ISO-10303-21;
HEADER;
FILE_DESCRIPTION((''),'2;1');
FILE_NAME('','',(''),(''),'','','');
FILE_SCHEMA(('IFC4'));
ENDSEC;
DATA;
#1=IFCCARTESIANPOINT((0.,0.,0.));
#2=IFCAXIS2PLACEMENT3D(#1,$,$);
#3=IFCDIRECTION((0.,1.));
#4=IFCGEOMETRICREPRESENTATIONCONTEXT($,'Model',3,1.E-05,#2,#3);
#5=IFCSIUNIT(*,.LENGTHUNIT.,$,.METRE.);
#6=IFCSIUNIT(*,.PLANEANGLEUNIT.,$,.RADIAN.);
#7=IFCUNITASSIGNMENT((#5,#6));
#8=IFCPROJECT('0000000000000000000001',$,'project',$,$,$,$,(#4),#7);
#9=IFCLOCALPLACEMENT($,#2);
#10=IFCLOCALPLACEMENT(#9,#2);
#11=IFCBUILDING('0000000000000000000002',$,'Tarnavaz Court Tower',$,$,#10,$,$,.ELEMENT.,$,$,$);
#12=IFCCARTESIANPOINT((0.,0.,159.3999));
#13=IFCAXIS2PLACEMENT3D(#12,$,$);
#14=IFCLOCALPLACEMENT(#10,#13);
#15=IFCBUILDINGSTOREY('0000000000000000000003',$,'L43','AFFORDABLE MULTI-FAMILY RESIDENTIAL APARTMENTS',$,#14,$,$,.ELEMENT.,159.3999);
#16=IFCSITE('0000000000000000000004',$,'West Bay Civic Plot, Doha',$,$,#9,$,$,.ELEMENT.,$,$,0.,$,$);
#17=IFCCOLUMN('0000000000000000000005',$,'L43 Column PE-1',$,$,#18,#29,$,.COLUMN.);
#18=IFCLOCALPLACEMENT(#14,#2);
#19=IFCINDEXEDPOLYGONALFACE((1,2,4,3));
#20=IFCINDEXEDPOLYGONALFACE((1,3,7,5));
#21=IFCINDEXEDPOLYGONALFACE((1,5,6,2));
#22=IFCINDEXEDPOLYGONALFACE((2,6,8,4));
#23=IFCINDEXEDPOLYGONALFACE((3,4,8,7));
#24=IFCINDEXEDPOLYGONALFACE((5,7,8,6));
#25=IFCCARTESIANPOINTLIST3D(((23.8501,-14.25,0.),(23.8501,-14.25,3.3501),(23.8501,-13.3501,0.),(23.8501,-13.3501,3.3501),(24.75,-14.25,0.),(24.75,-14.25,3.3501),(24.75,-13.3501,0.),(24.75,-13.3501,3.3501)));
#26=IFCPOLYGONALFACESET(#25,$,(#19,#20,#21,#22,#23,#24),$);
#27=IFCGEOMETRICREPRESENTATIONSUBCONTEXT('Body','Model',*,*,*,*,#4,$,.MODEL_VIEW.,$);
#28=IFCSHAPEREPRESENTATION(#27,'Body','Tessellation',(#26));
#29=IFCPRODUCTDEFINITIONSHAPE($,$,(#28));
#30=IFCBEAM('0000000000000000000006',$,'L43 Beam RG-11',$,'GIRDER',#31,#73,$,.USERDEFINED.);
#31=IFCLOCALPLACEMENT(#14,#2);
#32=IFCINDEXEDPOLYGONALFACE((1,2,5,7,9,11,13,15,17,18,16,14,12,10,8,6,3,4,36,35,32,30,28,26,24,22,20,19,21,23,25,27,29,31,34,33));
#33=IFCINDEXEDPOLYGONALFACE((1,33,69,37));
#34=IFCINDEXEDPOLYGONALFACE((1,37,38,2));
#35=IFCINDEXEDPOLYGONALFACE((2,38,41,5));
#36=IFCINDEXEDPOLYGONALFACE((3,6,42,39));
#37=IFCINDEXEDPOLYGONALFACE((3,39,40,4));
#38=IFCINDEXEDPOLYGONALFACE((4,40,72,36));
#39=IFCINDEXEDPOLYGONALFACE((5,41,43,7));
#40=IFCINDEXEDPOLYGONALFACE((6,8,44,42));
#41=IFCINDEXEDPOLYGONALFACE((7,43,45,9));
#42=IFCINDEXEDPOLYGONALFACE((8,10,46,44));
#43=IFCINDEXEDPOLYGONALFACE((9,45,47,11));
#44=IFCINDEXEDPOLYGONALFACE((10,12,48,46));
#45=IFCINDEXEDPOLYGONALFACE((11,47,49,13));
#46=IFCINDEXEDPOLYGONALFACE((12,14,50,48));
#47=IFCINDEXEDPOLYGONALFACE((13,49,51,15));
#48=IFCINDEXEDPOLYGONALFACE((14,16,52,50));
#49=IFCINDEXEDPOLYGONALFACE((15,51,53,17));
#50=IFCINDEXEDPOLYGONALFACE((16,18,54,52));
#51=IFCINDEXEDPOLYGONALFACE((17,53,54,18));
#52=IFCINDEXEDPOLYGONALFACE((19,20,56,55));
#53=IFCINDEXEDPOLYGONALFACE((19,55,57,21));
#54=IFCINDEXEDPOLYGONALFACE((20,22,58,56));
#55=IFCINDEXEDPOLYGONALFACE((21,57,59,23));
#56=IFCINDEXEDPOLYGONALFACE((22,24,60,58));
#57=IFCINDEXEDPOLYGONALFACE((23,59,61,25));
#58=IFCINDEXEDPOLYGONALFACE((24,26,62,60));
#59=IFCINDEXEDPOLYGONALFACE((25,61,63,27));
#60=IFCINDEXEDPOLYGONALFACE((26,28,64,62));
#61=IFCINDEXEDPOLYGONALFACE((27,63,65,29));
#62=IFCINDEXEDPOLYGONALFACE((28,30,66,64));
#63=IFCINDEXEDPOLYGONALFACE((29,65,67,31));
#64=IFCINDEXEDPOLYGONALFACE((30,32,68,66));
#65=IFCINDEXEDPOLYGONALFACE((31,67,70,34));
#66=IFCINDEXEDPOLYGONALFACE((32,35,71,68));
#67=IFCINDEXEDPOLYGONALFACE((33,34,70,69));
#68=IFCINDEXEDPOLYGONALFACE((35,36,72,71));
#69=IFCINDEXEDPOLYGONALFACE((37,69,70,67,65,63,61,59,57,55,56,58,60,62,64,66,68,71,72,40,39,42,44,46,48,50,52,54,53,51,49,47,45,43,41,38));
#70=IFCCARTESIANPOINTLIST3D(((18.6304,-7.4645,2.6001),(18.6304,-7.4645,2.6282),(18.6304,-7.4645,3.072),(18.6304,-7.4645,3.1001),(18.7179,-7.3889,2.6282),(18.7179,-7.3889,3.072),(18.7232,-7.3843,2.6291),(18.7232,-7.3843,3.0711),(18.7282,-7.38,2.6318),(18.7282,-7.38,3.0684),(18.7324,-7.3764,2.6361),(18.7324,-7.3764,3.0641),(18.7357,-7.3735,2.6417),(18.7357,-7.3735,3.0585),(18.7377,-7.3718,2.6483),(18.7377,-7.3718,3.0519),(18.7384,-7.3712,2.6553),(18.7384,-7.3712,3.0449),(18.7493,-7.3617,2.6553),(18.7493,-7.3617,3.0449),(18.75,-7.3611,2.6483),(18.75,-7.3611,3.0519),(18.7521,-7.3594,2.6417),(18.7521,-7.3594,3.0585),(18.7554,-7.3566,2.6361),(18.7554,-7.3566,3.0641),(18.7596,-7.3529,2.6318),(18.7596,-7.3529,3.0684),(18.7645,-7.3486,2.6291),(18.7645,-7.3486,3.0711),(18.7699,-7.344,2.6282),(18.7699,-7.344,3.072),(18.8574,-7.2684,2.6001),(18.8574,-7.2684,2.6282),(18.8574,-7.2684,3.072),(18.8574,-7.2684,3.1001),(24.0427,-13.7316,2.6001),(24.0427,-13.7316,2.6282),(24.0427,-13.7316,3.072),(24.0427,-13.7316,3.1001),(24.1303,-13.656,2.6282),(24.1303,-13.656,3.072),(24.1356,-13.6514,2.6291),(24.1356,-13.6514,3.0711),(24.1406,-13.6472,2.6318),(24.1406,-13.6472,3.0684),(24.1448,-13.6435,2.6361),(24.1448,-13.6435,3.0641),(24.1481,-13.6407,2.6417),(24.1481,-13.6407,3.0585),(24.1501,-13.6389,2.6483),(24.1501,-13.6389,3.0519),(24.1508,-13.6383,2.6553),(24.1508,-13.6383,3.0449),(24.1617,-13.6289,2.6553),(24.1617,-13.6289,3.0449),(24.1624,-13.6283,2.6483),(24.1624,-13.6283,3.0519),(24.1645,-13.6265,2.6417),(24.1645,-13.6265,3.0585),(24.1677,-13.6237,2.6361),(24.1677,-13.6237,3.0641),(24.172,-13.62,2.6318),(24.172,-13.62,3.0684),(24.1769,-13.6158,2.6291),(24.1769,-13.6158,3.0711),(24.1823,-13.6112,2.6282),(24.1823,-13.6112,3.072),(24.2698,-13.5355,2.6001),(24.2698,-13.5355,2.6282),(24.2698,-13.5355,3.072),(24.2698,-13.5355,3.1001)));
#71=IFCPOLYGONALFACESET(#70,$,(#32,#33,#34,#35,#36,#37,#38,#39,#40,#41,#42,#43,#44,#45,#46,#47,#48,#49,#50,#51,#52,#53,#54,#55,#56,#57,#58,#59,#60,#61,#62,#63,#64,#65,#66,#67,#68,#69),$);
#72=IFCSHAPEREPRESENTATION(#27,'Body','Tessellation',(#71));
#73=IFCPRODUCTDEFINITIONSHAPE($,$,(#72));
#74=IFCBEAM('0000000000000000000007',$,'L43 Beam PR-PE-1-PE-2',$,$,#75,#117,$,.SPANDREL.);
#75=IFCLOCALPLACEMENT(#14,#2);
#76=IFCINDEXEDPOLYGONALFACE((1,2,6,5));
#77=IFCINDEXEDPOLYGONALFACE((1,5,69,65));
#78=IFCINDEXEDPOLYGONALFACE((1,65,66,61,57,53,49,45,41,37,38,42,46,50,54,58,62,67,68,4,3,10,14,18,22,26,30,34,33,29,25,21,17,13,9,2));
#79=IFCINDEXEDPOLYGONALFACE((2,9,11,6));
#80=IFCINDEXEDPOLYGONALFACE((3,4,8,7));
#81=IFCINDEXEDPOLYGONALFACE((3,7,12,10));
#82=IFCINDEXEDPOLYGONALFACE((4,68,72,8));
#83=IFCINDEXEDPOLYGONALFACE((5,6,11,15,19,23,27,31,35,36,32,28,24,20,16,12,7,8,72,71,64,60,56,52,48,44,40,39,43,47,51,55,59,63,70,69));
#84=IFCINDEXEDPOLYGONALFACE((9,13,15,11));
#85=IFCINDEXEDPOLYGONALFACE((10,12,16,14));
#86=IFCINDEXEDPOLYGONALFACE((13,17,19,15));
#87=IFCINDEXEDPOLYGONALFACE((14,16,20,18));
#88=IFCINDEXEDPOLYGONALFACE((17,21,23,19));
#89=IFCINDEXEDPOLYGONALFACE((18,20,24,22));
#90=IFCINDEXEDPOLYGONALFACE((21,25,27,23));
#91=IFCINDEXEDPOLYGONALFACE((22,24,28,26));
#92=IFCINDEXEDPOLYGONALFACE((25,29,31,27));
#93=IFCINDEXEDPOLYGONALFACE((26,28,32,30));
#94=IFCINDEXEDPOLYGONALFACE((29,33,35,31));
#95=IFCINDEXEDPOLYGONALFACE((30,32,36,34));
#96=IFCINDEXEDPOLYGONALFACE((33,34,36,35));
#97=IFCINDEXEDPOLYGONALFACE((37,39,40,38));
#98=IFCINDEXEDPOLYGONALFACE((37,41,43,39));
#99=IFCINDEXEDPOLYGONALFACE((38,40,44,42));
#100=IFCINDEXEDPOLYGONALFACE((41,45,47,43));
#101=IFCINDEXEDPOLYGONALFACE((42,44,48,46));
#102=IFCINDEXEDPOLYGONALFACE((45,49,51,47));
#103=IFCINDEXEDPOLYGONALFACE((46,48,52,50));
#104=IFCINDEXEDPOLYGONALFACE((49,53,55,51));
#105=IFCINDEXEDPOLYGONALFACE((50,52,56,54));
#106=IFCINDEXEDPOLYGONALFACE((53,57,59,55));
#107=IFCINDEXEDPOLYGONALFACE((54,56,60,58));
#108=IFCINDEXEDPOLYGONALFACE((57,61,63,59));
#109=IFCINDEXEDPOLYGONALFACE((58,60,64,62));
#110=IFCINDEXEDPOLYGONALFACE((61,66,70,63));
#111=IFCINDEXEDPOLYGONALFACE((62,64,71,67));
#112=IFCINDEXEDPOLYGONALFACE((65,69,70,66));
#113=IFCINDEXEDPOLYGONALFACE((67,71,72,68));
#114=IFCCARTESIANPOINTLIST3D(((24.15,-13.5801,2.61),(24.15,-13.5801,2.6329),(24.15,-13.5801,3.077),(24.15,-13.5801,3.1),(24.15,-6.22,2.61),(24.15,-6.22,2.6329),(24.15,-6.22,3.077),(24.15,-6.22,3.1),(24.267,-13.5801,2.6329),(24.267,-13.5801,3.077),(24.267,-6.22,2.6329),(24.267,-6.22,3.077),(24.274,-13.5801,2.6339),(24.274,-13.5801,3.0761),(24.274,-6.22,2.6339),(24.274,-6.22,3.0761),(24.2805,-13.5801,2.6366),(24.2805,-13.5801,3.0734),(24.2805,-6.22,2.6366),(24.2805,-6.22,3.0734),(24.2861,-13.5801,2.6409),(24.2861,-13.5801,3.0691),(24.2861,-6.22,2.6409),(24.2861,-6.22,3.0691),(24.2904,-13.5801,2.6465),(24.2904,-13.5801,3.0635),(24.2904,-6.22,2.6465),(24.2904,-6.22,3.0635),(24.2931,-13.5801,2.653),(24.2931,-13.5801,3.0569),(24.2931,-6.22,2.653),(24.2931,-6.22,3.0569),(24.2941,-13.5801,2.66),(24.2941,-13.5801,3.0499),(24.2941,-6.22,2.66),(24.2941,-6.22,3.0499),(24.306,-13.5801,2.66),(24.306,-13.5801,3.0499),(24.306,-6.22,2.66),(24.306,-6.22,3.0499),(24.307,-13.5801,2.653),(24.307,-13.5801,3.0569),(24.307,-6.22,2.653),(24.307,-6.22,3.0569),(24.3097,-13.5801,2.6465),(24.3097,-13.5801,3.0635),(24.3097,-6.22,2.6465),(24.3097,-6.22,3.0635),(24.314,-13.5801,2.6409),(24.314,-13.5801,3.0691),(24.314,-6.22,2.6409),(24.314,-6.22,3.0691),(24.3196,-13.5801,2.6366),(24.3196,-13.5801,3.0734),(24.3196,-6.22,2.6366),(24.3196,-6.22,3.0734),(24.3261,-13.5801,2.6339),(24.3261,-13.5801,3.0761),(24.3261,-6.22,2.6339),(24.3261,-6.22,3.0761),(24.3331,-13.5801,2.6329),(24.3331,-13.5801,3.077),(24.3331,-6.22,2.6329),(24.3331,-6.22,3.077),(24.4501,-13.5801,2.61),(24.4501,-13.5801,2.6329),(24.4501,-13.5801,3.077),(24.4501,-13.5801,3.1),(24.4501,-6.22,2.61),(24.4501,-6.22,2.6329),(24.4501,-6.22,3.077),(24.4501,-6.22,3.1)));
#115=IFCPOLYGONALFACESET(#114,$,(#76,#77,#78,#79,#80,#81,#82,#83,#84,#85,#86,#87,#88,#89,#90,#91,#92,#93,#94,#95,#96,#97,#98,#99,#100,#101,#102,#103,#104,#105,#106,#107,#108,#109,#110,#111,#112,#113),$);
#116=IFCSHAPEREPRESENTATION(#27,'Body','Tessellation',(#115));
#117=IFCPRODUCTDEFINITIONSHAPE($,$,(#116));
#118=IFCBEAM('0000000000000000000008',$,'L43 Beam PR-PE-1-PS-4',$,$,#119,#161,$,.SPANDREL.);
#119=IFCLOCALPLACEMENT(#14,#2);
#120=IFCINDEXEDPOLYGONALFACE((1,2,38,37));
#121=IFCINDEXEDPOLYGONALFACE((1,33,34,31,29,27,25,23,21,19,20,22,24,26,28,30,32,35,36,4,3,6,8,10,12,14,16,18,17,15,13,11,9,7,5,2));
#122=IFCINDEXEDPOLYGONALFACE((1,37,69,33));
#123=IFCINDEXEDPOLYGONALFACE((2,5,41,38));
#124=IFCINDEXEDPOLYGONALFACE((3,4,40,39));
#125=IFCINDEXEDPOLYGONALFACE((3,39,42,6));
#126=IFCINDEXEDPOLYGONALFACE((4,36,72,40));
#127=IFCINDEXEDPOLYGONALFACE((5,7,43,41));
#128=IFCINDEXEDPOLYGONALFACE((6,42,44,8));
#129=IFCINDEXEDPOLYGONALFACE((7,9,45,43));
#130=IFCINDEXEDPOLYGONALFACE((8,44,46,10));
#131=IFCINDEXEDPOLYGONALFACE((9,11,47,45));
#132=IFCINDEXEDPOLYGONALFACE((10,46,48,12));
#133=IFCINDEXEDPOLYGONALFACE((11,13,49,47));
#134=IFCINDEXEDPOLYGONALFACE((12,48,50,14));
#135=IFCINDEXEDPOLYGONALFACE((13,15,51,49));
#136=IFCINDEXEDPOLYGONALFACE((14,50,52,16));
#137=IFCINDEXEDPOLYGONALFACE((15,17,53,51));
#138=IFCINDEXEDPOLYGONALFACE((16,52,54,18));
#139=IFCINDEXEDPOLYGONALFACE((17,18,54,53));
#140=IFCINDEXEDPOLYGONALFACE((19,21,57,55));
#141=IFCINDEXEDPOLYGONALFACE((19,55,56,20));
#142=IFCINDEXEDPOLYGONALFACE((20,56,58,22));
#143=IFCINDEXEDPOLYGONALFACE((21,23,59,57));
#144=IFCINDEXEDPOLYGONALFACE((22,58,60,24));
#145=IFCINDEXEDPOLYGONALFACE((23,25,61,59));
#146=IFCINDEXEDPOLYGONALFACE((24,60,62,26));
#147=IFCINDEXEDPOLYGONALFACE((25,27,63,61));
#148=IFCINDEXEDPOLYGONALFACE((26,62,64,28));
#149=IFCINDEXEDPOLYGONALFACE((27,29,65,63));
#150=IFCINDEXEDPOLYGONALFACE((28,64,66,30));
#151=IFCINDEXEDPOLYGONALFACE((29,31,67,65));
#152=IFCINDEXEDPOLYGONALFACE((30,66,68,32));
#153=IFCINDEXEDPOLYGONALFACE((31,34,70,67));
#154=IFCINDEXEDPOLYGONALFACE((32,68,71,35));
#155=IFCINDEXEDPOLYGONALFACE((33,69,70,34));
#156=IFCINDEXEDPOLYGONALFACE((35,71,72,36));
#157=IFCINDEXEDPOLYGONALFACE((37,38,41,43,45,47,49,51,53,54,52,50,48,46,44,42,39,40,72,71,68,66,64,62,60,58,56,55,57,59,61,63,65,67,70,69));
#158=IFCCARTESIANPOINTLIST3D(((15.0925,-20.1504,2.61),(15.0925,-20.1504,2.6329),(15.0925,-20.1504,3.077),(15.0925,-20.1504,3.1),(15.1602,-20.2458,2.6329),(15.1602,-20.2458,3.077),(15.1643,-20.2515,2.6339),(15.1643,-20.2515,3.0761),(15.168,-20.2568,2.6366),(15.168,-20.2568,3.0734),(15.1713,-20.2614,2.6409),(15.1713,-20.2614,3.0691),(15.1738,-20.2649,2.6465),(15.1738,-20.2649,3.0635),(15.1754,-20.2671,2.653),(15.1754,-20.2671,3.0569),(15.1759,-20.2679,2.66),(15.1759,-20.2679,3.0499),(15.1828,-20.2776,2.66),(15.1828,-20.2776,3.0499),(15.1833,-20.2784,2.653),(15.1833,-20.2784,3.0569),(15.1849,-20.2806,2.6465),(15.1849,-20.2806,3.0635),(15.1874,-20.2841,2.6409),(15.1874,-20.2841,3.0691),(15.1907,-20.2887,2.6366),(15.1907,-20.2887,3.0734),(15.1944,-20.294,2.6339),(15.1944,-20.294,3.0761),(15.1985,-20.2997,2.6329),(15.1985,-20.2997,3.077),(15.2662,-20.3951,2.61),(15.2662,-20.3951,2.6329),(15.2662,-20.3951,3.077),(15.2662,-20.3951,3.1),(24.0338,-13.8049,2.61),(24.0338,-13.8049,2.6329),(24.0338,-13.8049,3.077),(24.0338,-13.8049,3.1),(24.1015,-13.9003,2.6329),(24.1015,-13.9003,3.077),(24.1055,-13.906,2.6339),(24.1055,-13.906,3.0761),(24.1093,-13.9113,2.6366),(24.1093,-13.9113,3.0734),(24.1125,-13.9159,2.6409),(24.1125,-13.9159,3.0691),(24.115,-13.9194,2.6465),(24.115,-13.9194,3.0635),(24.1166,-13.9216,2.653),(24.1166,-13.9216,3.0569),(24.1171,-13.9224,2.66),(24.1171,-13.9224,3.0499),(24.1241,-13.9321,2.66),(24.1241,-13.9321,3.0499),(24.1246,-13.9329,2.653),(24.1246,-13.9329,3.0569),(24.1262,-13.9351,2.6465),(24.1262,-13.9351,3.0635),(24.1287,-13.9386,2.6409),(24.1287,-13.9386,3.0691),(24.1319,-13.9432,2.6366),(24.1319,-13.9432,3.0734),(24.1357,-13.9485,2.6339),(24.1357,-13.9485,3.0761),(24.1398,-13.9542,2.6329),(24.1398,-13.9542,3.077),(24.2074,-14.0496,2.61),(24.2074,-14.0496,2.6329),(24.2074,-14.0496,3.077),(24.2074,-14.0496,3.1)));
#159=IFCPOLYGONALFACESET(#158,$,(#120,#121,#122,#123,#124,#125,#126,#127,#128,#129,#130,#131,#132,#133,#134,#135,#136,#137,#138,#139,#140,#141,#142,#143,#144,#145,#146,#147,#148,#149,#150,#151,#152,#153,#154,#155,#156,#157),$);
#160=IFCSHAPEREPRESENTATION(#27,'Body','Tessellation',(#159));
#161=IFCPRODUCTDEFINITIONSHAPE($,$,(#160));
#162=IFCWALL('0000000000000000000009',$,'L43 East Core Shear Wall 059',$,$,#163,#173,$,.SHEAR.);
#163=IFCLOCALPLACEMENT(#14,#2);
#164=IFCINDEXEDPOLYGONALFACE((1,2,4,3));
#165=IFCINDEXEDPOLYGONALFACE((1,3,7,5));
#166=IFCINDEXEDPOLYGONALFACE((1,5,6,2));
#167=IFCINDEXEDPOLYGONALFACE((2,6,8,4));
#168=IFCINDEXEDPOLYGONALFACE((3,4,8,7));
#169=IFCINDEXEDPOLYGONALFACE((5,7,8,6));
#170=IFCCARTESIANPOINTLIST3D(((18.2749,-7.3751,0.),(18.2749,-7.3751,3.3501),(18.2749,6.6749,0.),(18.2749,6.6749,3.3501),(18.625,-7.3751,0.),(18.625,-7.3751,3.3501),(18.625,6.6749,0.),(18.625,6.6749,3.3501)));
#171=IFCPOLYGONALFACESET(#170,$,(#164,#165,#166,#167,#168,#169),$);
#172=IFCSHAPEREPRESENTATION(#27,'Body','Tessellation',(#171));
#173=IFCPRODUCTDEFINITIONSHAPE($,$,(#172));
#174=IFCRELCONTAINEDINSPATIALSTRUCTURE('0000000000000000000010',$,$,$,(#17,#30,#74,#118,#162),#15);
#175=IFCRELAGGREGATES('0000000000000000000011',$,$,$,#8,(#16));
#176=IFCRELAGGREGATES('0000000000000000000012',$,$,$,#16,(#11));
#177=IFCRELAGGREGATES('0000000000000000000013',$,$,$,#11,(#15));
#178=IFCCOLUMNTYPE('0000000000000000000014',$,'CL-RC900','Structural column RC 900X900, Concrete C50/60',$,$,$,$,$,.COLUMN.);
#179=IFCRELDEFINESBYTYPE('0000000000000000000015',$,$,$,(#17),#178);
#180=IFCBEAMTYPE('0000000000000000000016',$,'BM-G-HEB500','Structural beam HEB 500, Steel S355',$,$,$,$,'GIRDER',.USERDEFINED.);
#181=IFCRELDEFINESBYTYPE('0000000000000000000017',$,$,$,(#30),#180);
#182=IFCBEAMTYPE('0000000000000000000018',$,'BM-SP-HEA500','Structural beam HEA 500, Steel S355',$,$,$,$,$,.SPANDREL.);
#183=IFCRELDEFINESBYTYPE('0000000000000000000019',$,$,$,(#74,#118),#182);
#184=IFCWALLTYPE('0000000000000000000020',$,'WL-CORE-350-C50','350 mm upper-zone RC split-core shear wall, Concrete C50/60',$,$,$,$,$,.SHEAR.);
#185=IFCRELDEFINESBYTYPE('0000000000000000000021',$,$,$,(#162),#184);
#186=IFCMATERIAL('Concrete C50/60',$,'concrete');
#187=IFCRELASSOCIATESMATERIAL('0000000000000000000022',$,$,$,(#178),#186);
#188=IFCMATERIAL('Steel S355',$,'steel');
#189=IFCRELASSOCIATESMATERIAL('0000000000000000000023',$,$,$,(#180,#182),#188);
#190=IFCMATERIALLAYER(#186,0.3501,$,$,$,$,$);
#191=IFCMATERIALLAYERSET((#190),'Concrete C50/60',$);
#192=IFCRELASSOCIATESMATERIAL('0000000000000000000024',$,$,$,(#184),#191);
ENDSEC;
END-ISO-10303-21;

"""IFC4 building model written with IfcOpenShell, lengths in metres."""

from ifc_helpers import new_model, si_unit, direction, frame, frame_2d, origin, origin_2d, place, context, subcontext, project, spatial, rectangle, i_section, extrude, material, layer, layer_set, material_profile, profile_set, type_object, element, save


model = new_model("IFC4")

# Units and contexts
model_context = context("Model", 3, precision=1e-05, world=origin(), true_north=direction((0.0, 1.0)))
body_context = subcontext(model_context, "Body", "Model", "MODEL_VIEW")
ifc_project = project(units=[si_unit("LENGTHUNIT", "METRE"), si_unit("PLANEANGLEUNIT", "RADIAN")], contexts=[model_context])

# Site, building, storey
site_placement = place(None, origin())
site = spatial("IfcSite", under=ifc_project, at=site_placement, Name="West Bay Civic Plot, Doha", CompositionType="ELEMENT", RefElevation=0.0)
building_placement = place(site_placement, origin())
building = spatial("IfcBuilding", under=site, at=building_placement, Name="Tarnavaz Court Tower", CompositionType="ELEMENT")
storey_placement = place(building_placement, frame((0.0, 0.0, 159.3999)))
storey = spatial("IfcBuildingStorey", under=building, at=storey_placement, Name="L43", Description="AFFORDABLE MULTI-FAMILY RESIDENTIAL APARTMENTS", CompositionType="ELEMENT", Elevation=159.3999)

# Column
ifc_material_1 = material(Name="Concrete C50/60", Category="concrete")
ifc_material_profile_1 = material_profile(ifc_material_1, rectangle(XDim=0.8999, YDim=0.8999, at=origin_2d()), Name="RC 900X900")
ifc_profile_set_1 = profile_set([ifc_material_profile_1], Name="Concrete C50/60")
column_type = type_object("IfcColumnType", Name="CL-RC900", Description="Structural column RC 900X900, Concrete C50/60", PredefinedType="COLUMN", material=ifc_profile_set_1)
column_placement = place(storey_placement, frame((24.3, -13.8, 0.0), z_axis=(0.0, 0.0, 1.0), x_axis=(1.0, 0.0, 0.0)))
element("IfcColumn", 1, at=column_placement, inside=storey, type_object=column_type, Name="L43 Column PE-1", PredefinedType="COLUMN", context=body_context, shape_type="SweptSolid", body=[
    extrude(rectangle(XDim=0.8999, YDim=0.8999, at=origin_2d()), origin(), (0.0, 0.0, 1.0), 3.3501),
])

# Beams
ifc_material_2 = material(Name="Steel S355", Category="steel")
ifc_material_profile_2 = material_profile(ifc_material_2, i_section(OverallWidth=0.3, OverallDepth=0.5, WebThickness=0.0144, FlangeThickness=0.0281, FilletRadius=0.0271, at=origin_2d()), Name="HEB 500")
ifc_profile_set_2 = profile_set([ifc_material_profile_2], Name="Steel S355")
beam_type_1 = type_object("IfcBeamType", Name="BM-G-HEB500", Description="Structural beam HEB 500, Steel S355", ElementType="GIRDER", PredefinedType="USERDEFINED", material=ifc_profile_set_2)
beam_1_placement = place(storey_placement, frame((18.7439, -7.3665, 2.8501), z_axis=(0.653611, -0.756831, 0.0), x_axis=(0.756831, 0.653611, 0.0)))
element("IfcBeam", 2, at=beam_1_placement, inside=storey, type_object=beam_type_1, Name="L43 Beam RG-11", ObjectType="GIRDER", PredefinedType="USERDEFINED", context=body_context, shape_type="SweptSolid", body=[
    extrude(i_section(OverallWidth=0.3, OverallDepth=0.5, WebThickness=0.0144, FlangeThickness=0.0281, FilletRadius=0.0271, at=origin_2d()), origin(), (0.0, 0.0, 1.0), 8.2808),
])
ifc_material_profile_3 = material_profile(ifc_material_2, i_section(OverallWidth=0.3, OverallDepth=0.49, WebThickness=0.012, FlangeThickness=0.0229, FilletRadius=0.0271, at=origin_2d()), Name="HEA 500")
ifc_profile_set_3 = profile_set([ifc_material_profile_3], Name="Steel S355")
beam_type_2 = type_object("IfcBeamType", Name="BM-SP-HEA500", Description="Structural beam HEA 500, Steel S355", PredefinedType="SPANDREL", material=ifc_profile_set_3)
beam_2_placement = place(storey_placement, frame((24.3, -13.5801, 2.855), z_axis=(0.0, 1.0, 0.0), x_axis=(-1.0, 0.0, 0.0)))
element("IfcBeam", 3, at=beam_2_placement, inside=storey, type_object=beam_type_2, Name="L43 Beam PR-PE-1-PE-2", PredefinedType="SPANDREL", context=body_context, shape_type="SweptSolid", body=[
    extrude(i_section(OverallWidth=0.3, OverallDepth=0.49, WebThickness=0.012, FlangeThickness=0.0229, FilletRadius=0.0271, at=origin_2d()), origin(), (0.0, 0.0, 1.0), 7.3601),
])
beam_3_placement = place(storey_placement, frame((24.1206, -13.9272, 2.855), z_axis=(-0.815502, -0.578754, 0.0), x_axis=(0.578754, -0.815502, 0.0)))
element("IfcBeam", 4, at=beam_3_placement, inside=storey, type_object=beam_type_2, Name="L43 Beam PR-PE-1-PS-4", PredefinedType="SPANDREL", context=body_context, shape_type="SweptSolid", body=[
    extrude(i_section(OverallWidth=0.3, OverallDepth=0.49, WebThickness=0.012, FlangeThickness=0.0229, FilletRadius=0.0271, at=origin_2d()), origin(), (0.0, 0.0, 1.0), 10.9641),
])

# Wall
ifc_layer_1 = layer(ifc_material_1, 0.3501)
ifc_layer_set_1 = layer_set([ifc_layer_1], Name="Concrete C50/60")
wall_type_1 = type_object("IfcWallType", Name="WL-CORE-350-C50", Description="350 mm upper-zone RC split-core shear wall, Concrete C50/60", PredefinedType="SHEAR", material=ifc_layer_set_1)
wall_1_placement = place(storey_placement, frame((18.45, -7.375, 0.0), z_axis=(0.0, 0.0, 1.0), x_axis=(0.0, 1.0, 0.0)))
element("IfcWall", 5, at=wall_1_placement, inside=storey, type_object=wall_type_1, Name="L43 East Core Shear Wall 059", PredefinedType="SHEAR", context=body_context, shape_type="SweptSolid", body=[
    extrude(rectangle(XDim=14.05, YDim=0.3501, at=frame_2d((7.0249, 0.0))), origin(), (0.0, 0.0, 1.0), 3.3501),
])

save(model, "model.ifc")
